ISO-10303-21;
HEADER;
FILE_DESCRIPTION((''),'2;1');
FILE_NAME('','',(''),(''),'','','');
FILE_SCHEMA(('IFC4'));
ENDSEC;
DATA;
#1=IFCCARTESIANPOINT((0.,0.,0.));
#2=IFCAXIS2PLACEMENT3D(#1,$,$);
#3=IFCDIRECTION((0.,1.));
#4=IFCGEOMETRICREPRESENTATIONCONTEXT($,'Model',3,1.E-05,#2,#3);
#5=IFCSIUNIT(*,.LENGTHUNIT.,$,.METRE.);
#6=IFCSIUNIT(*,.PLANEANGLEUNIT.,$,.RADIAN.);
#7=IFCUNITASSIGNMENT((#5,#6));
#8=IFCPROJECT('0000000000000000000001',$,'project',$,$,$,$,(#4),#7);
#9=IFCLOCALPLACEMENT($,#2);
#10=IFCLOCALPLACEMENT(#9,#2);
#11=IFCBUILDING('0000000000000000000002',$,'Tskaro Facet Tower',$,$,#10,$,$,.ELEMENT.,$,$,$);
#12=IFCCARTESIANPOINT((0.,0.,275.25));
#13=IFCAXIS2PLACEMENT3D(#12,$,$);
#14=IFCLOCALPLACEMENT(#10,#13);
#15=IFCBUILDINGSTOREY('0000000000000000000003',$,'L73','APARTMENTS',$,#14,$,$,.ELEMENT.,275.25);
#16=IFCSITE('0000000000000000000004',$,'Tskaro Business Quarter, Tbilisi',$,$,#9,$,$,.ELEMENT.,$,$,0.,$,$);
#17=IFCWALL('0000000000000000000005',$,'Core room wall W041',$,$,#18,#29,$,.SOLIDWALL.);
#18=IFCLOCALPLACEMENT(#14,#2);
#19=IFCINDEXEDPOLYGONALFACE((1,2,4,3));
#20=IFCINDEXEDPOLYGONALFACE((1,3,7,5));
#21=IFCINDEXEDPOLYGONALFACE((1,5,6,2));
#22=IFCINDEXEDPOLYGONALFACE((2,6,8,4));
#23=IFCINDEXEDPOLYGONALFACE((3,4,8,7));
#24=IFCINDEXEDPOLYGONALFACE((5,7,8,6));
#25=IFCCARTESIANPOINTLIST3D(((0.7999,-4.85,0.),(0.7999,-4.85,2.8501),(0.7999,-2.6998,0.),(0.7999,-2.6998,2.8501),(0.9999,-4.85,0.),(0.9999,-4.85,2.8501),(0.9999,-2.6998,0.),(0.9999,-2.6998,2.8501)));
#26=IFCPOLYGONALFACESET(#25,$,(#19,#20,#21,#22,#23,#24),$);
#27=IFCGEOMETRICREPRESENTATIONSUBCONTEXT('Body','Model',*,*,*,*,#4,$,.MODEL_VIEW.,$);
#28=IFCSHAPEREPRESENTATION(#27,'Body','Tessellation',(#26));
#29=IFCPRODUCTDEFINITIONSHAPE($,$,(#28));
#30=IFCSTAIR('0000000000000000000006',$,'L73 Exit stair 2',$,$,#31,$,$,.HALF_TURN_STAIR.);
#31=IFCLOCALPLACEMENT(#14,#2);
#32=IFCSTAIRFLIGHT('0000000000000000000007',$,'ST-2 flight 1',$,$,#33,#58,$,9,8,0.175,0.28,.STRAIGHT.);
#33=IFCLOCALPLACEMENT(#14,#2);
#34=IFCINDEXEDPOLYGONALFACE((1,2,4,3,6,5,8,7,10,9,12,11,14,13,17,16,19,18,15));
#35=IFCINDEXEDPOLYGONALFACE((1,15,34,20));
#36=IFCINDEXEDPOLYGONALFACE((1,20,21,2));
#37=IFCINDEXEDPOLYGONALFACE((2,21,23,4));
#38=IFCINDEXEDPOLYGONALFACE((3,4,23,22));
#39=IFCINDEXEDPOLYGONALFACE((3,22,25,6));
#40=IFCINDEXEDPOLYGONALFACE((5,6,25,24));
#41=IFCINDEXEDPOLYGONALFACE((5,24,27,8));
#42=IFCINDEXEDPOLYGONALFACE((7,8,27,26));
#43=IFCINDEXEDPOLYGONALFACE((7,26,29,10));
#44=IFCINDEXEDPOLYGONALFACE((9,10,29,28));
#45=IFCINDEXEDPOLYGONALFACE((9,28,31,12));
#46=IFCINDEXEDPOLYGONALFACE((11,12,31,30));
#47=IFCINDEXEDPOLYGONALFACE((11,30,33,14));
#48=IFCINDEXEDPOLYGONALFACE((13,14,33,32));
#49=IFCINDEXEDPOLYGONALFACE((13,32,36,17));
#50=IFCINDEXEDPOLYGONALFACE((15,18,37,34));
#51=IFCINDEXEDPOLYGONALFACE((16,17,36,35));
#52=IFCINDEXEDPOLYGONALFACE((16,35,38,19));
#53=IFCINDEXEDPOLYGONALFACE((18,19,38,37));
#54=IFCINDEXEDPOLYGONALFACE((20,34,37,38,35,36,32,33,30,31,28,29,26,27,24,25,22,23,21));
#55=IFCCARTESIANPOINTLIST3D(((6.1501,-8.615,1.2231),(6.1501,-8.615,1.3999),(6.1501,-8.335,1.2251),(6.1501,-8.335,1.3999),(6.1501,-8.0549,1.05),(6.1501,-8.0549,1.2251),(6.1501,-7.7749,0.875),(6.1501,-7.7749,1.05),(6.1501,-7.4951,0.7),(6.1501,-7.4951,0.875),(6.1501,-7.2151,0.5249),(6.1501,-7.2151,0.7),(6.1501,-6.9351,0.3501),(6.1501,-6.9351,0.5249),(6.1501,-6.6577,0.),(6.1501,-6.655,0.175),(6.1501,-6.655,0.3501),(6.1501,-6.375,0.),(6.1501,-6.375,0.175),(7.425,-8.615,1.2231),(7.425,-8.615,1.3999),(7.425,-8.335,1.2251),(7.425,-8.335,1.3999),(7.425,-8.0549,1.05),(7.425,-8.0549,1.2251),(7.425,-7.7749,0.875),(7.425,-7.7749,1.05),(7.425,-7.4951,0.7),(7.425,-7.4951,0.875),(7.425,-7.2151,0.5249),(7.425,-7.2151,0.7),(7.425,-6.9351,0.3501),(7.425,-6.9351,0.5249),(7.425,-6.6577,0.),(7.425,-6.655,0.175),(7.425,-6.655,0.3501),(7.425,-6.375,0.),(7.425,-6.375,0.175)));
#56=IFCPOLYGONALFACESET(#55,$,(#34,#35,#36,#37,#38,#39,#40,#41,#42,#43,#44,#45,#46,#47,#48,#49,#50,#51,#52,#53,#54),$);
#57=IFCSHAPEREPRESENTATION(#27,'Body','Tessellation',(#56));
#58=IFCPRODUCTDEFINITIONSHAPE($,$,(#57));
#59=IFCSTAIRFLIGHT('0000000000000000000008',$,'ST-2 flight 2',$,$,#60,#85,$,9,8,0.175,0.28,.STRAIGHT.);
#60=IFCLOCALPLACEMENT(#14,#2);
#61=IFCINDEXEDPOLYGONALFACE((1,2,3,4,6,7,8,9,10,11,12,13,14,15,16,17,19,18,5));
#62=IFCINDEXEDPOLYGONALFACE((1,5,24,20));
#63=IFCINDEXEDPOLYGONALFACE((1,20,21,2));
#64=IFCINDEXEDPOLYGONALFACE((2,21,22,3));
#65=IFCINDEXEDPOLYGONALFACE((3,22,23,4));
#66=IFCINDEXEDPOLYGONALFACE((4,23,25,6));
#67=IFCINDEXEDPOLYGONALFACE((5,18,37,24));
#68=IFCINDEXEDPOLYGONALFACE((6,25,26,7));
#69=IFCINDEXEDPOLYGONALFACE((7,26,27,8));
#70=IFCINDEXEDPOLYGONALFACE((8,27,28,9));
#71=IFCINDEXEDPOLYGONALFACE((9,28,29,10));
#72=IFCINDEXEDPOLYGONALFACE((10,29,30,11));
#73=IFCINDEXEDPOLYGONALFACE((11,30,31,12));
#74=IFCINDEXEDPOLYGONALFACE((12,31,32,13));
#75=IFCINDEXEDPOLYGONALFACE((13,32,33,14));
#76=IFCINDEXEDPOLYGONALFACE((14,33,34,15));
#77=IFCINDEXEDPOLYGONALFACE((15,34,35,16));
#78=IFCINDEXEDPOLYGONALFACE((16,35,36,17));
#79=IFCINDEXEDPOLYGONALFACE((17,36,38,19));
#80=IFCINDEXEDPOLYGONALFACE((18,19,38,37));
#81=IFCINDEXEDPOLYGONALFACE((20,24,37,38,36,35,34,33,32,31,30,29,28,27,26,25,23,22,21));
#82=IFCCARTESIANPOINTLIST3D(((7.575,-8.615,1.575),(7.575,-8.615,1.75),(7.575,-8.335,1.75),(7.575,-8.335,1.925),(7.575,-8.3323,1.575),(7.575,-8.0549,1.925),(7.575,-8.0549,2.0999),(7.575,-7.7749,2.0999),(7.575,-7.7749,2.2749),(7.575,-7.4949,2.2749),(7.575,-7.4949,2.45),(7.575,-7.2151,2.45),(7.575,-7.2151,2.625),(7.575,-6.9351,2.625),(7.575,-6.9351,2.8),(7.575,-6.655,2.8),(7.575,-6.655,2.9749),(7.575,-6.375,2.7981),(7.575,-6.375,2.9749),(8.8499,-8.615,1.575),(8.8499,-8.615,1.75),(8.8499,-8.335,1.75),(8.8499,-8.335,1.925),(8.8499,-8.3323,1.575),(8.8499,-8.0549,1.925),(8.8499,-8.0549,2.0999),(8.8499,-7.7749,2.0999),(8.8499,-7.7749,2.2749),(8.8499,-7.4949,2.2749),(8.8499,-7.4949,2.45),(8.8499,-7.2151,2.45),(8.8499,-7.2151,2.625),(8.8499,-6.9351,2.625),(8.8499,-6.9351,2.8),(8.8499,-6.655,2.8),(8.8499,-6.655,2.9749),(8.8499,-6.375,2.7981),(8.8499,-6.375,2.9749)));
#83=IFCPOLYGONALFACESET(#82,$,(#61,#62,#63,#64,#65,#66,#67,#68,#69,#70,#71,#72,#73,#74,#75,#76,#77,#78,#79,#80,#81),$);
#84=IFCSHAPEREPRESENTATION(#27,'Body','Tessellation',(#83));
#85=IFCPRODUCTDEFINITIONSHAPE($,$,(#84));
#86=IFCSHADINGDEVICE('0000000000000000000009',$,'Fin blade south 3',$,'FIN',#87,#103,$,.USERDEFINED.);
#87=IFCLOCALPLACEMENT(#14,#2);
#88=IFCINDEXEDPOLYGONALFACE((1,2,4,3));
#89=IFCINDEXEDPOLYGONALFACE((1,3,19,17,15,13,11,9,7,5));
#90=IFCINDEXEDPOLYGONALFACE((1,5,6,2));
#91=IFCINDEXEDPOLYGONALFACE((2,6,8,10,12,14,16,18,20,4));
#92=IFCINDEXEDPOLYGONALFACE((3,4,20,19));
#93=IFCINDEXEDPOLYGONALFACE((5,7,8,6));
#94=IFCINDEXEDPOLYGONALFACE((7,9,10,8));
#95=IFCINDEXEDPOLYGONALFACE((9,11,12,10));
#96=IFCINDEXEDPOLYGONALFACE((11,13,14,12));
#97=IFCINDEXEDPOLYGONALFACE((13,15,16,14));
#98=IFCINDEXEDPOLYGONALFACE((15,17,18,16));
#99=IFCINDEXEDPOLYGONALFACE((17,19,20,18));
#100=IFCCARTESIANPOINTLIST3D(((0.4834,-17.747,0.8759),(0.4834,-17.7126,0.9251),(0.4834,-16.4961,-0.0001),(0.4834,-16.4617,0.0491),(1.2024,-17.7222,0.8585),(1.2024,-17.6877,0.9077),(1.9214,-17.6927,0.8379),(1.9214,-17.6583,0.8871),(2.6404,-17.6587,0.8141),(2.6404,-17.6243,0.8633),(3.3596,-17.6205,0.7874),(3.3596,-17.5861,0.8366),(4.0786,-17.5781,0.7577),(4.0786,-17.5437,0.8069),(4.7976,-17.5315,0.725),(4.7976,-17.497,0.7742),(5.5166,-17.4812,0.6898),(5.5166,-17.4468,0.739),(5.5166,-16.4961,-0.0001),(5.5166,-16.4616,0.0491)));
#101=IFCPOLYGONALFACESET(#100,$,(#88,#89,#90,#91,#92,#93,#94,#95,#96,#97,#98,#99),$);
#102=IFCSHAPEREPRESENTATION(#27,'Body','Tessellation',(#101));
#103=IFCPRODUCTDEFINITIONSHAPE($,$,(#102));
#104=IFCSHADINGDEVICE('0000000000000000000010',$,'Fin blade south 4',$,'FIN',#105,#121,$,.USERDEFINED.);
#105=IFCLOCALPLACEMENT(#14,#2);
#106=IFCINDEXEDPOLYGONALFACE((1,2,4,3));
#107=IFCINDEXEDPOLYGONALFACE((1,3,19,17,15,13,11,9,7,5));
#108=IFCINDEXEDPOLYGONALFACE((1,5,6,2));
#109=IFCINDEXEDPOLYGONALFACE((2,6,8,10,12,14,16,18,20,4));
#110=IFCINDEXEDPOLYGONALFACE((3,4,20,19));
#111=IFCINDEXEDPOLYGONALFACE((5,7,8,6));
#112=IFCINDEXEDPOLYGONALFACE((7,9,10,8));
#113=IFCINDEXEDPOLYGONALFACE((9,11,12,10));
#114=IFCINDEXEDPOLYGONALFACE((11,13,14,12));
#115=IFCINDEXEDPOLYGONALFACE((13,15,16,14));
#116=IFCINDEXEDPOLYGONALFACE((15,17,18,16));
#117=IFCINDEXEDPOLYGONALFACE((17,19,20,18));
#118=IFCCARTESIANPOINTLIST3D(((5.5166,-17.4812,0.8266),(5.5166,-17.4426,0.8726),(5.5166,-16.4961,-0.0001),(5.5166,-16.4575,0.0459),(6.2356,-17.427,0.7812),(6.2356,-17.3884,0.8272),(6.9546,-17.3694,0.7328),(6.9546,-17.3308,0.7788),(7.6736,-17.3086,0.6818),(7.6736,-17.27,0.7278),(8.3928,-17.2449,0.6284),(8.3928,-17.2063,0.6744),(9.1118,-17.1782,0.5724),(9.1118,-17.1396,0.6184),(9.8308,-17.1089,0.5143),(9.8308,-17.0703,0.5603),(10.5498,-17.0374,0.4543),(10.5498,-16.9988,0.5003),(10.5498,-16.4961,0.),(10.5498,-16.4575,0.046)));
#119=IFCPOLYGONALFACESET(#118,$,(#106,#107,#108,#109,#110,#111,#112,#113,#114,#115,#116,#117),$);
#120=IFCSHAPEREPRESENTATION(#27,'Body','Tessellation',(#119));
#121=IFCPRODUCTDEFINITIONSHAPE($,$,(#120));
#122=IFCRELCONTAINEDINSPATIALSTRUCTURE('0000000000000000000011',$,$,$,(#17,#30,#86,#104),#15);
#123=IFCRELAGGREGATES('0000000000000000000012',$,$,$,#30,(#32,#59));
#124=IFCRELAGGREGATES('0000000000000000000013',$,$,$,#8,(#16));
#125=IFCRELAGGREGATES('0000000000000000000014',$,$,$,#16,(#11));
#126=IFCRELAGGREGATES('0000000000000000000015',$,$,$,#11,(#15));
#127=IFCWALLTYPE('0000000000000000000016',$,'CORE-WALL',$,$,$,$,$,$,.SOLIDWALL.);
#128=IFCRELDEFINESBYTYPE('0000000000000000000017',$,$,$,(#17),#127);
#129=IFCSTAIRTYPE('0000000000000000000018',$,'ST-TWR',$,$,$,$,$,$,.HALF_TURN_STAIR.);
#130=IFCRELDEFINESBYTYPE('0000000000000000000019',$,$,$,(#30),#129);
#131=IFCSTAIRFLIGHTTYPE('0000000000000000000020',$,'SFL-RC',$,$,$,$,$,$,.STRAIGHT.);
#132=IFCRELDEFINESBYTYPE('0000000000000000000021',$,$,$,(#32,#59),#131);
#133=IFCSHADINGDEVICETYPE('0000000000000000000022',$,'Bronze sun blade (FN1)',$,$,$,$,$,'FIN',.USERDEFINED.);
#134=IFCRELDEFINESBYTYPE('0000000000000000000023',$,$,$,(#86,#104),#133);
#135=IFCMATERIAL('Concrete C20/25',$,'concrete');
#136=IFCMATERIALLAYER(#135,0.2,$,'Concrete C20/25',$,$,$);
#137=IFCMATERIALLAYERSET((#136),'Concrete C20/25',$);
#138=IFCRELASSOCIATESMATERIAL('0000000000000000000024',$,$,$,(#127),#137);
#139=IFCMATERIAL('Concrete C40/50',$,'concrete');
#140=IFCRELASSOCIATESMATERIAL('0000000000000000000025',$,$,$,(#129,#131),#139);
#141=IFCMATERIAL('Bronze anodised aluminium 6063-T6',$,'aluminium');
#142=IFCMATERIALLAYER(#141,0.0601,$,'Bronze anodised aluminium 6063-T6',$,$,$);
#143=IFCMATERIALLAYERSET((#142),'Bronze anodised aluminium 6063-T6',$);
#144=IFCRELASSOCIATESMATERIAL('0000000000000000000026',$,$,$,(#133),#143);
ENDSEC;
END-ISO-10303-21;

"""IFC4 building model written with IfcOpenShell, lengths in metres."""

from ifc_helpers import new_model, si_unit, direction, frame, frame_2d, origin, place, context, subcontext, project, spatial, polyline, rectangle, outline, extrude, material, layer, layer_set, type_object, element, aggregate, save


model = new_model("IFC4")

# Units and contexts
model_context = context("Model", 3, precision=1e-05, world=origin(), true_north=direction((0.0, 1.0)))
body_context = subcontext(model_context, "Body", "Model", "MODEL_VIEW")
ifc_project = project(units=[si_unit("LENGTHUNIT", "METRE"), si_unit("PLANEANGLEUNIT", "RADIAN")], contexts=[model_context])

# Site, building, storey
site_placement = place(None, origin())
site = spatial("IfcSite", under=ifc_project, at=site_placement, Name="Tskaro Business Quarter, Tbilisi", CompositionType="ELEMENT", RefElevation=0.0)
building_placement = place(site_placement, origin())
building = spatial("IfcBuilding", under=site, at=building_placement, Name="Tskaro Facet Tower", CompositionType="ELEMENT")
storey_placement = place(building_placement, frame((0.0, 0.0, 275.25)))
storey = spatial("IfcBuildingStorey", under=building, at=storey_placement, Name="L73", Description="APARTMENTS", CompositionType="ELEMENT", Elevation=275.25)

# Shared definitions
ifc_material_1 = material(Name="Bronze anodised aluminium 6063-T6", Category="aluminium")

# Wall
ifc_material_2 = material(Name="Concrete C20/25", Category="concrete")
ifc_layer_1 = layer(ifc_material_2, 0.2, Name="Concrete C20/25")
ifc_layer_set_1 = layer_set([ifc_layer_1], Name="Concrete C20/25")
wall_type_1 = type_object("IfcWallType", Name="CORE-WALL", PredefinedType="SOLIDWALL", material=ifc_layer_set_1)
wall_1_placement = place(storey_placement, frame((0.8999, -4.8501, 0.0), z_axis=(0.0, 0.0, 1.0), x_axis=(0.0, 1.0, 0.0)))
element("IfcWall", 1, at=wall_1_placement, inside=storey, type_object=wall_type_1, Name="Core room wall W041", PredefinedType="SOLIDWALL", context=body_context, shape_type="SweptSolid", body=[
    extrude(rectangle(XDim=2.1501, YDim=0.2, at=frame_2d((1.0752, 0.0))), origin(), (0.0, 0.0, 1.0), 2.8501),
])

# Stair, stair flights
ifc_material_3 = material(Name="Concrete C40/50", Category="concrete")
stair_type = type_object("IfcStairType", Name="ST-TWR", PredefinedType="HALF_TURN_STAIR", material=ifc_material_3)
stair_placement = place(storey_placement, origin())
stair = element("IfcStair", 2, at=stair_placement, inside=storey, type_object=stair_type, Name="L73 Exit stair 2", PredefinedType="HALF_TURN_STAIR")
stair_flight_type = type_object("IfcStairFlightType", Name="SFL-RC", PredefinedType="STRAIGHT", material=ifc_material_3)
stair_flight_1_placement = place(storey_placement, frame((6.7876, -6.375, 0.0), z_axis=(0.0, 0.0, 1.0), x_axis=(0.0, -1.0, 0.0)))
stair_flight_1 = element("IfcStairFlight", 3, at=stair_flight_1_placement, type_object=stair_flight_type, Name="ST-2 flight 1", NumberOfRisers=9, NumberOfTreads=8, PredefinedType="STRAIGHT", RiserHeight=0.175, TreadLength=0.28, context=body_context, shape_type="SweptSolid", body=[
    extrude(outline(polyline([(0.0, 0.0), (0.0, 0.175), (0.28, 0.175), (0.28, 0.3501), (0.5601, 0.3501), (0.5601, 0.5249), (0.8401, 0.5249), (0.8401, 0.7), (1.1201, 0.7), (1.1201, 0.875), (1.3999, 0.875), (1.3999, 1.05), (1.6799, 1.05), (1.6799, 1.2251), (1.96, 1.2251), (1.96, 1.3999), (2.24, 1.3999), (2.24, 1.575), (2.24, 1.2231), (0.2827, 0.0), (0.0, 0.0)])), frame((0.0, 0.6375, 0.0), z_axis=(0.0, -1.0, 0.0), x_axis=(1.0, 0.0, 0.0)), (0.0, 0.0, 1.0), 1.2749),
])
stair_flight_2_placement = place(storey_placement, frame((8.2124, -8.615, 1.575), z_axis=(0.0, 0.0, 1.0), x_axis=(0.0, 1.0, 0.0)))
stair_flight_2 = element("IfcStairFlight", 4, at=stair_flight_2_placement, type_object=stair_flight_type, Name="ST-2 flight 2", NumberOfRisers=9, NumberOfTreads=8, PredefinedType="STRAIGHT", RiserHeight=0.175, TreadLength=0.28, context=body_context, shape_type="SweptSolid", body=[
    extrude(outline(polyline([(0.0, 0.0), (0.0, 0.175), (0.28, 0.175), (0.28, 0.3501), (0.5601, 0.3501), (0.5601, 0.5249), (0.8401, 0.5249), (0.8401, 0.7), (1.1201, 0.7), (1.1201, 0.875), (1.3999, 0.875), (1.3999, 1.05), (1.6799, 1.05), (1.6799, 1.2251), (1.96, 1.2251), (1.96, 1.3999), (2.24, 1.3999), (2.24, 1.575), (2.24, 1.2231), (0.2827, 0.0), (0.0, 0.0)])), frame((0.0, 0.6375, 0.0), z_axis=(0.0, -1.0, 0.0), x_axis=(1.0, 0.0, 0.0)), (0.0, 0.0, 1.0), 1.2749),
])
aggregate(stair, [stair_flight_1, stair_flight_2])

# Shading devices
ifc_layer_2 = layer(ifc_material_1, 0.0601, Name="Bronze anodised aluminium 6063-T6")
ifc_layer_set_2 = layer_set([ifc_layer_2], Name="Bronze anodised aluminium 6063-T6")
shading_device_type = type_object("IfcShadingDeviceType", Name="Bronze sun blade (FN1)", ElementType="FIN", PredefinedType="USERDEFINED", material=ifc_layer_set_2)
shading_device_1_placement = place(storey_placement, frame((0.4834, -16.4617, 0.0491), z_axis=(-0.000013, 0.573641, 0.819107), x_axis=(1.0, 0.000008, 0.000011)))
element("IfcShadingDevice", 5, at=shading_device_1_placement, inside=storey, type_object=shading_device_type, Name="Fin blade south 3", ObjectType="FIN", PredefinedType="USERDEFINED", context=body_context, shape_type="SweptSolid", body=[
    extrude(outline(polyline([(0.0, 0.0), (5.0332, 0.0), (5.0332, -1.2027), (4.3142, -1.264), (3.5952, -1.321), (2.8762, -1.3728), (2.157, -1.4194), (1.438, -1.4609), (0.719, -1.4968), (0.0, -1.5272), (0.0, 0.0)])), origin(), (0.0, 0.0, -1.0), 0.0601),
])
shading_device_2_placement = place(storey_placement, frame((5.5166, -16.4575, 0.0459), z_axis=(-0.000016, 0.642867, 0.765978), x_axis=(1.0, 0.00001, 0.000012)))
element("IfcShadingDevice", 6, at=shading_device_2_placement, inside=storey, type_object=shading_device_type, Name="Fin blade south 4", ObjectType="FIN", PredefinedType="USERDEFINED", context=body_context, shape_type="SweptSolid", body=[
    extrude(outline(polyline([(0.0, 0.0), (5.0332, 0.0), (5.0332, -0.7067), (4.3142, -0.8001), (3.5952, -0.8905), (2.8762, -0.9775), (2.157, -1.0607), (1.438, -1.1401), (0.719, -1.2153), (0.0, -1.286), (0.0, 0.0)])), origin(), (0.0, 0.0, -1.0), 0.0601),
])

save(model, "model.ifc")
